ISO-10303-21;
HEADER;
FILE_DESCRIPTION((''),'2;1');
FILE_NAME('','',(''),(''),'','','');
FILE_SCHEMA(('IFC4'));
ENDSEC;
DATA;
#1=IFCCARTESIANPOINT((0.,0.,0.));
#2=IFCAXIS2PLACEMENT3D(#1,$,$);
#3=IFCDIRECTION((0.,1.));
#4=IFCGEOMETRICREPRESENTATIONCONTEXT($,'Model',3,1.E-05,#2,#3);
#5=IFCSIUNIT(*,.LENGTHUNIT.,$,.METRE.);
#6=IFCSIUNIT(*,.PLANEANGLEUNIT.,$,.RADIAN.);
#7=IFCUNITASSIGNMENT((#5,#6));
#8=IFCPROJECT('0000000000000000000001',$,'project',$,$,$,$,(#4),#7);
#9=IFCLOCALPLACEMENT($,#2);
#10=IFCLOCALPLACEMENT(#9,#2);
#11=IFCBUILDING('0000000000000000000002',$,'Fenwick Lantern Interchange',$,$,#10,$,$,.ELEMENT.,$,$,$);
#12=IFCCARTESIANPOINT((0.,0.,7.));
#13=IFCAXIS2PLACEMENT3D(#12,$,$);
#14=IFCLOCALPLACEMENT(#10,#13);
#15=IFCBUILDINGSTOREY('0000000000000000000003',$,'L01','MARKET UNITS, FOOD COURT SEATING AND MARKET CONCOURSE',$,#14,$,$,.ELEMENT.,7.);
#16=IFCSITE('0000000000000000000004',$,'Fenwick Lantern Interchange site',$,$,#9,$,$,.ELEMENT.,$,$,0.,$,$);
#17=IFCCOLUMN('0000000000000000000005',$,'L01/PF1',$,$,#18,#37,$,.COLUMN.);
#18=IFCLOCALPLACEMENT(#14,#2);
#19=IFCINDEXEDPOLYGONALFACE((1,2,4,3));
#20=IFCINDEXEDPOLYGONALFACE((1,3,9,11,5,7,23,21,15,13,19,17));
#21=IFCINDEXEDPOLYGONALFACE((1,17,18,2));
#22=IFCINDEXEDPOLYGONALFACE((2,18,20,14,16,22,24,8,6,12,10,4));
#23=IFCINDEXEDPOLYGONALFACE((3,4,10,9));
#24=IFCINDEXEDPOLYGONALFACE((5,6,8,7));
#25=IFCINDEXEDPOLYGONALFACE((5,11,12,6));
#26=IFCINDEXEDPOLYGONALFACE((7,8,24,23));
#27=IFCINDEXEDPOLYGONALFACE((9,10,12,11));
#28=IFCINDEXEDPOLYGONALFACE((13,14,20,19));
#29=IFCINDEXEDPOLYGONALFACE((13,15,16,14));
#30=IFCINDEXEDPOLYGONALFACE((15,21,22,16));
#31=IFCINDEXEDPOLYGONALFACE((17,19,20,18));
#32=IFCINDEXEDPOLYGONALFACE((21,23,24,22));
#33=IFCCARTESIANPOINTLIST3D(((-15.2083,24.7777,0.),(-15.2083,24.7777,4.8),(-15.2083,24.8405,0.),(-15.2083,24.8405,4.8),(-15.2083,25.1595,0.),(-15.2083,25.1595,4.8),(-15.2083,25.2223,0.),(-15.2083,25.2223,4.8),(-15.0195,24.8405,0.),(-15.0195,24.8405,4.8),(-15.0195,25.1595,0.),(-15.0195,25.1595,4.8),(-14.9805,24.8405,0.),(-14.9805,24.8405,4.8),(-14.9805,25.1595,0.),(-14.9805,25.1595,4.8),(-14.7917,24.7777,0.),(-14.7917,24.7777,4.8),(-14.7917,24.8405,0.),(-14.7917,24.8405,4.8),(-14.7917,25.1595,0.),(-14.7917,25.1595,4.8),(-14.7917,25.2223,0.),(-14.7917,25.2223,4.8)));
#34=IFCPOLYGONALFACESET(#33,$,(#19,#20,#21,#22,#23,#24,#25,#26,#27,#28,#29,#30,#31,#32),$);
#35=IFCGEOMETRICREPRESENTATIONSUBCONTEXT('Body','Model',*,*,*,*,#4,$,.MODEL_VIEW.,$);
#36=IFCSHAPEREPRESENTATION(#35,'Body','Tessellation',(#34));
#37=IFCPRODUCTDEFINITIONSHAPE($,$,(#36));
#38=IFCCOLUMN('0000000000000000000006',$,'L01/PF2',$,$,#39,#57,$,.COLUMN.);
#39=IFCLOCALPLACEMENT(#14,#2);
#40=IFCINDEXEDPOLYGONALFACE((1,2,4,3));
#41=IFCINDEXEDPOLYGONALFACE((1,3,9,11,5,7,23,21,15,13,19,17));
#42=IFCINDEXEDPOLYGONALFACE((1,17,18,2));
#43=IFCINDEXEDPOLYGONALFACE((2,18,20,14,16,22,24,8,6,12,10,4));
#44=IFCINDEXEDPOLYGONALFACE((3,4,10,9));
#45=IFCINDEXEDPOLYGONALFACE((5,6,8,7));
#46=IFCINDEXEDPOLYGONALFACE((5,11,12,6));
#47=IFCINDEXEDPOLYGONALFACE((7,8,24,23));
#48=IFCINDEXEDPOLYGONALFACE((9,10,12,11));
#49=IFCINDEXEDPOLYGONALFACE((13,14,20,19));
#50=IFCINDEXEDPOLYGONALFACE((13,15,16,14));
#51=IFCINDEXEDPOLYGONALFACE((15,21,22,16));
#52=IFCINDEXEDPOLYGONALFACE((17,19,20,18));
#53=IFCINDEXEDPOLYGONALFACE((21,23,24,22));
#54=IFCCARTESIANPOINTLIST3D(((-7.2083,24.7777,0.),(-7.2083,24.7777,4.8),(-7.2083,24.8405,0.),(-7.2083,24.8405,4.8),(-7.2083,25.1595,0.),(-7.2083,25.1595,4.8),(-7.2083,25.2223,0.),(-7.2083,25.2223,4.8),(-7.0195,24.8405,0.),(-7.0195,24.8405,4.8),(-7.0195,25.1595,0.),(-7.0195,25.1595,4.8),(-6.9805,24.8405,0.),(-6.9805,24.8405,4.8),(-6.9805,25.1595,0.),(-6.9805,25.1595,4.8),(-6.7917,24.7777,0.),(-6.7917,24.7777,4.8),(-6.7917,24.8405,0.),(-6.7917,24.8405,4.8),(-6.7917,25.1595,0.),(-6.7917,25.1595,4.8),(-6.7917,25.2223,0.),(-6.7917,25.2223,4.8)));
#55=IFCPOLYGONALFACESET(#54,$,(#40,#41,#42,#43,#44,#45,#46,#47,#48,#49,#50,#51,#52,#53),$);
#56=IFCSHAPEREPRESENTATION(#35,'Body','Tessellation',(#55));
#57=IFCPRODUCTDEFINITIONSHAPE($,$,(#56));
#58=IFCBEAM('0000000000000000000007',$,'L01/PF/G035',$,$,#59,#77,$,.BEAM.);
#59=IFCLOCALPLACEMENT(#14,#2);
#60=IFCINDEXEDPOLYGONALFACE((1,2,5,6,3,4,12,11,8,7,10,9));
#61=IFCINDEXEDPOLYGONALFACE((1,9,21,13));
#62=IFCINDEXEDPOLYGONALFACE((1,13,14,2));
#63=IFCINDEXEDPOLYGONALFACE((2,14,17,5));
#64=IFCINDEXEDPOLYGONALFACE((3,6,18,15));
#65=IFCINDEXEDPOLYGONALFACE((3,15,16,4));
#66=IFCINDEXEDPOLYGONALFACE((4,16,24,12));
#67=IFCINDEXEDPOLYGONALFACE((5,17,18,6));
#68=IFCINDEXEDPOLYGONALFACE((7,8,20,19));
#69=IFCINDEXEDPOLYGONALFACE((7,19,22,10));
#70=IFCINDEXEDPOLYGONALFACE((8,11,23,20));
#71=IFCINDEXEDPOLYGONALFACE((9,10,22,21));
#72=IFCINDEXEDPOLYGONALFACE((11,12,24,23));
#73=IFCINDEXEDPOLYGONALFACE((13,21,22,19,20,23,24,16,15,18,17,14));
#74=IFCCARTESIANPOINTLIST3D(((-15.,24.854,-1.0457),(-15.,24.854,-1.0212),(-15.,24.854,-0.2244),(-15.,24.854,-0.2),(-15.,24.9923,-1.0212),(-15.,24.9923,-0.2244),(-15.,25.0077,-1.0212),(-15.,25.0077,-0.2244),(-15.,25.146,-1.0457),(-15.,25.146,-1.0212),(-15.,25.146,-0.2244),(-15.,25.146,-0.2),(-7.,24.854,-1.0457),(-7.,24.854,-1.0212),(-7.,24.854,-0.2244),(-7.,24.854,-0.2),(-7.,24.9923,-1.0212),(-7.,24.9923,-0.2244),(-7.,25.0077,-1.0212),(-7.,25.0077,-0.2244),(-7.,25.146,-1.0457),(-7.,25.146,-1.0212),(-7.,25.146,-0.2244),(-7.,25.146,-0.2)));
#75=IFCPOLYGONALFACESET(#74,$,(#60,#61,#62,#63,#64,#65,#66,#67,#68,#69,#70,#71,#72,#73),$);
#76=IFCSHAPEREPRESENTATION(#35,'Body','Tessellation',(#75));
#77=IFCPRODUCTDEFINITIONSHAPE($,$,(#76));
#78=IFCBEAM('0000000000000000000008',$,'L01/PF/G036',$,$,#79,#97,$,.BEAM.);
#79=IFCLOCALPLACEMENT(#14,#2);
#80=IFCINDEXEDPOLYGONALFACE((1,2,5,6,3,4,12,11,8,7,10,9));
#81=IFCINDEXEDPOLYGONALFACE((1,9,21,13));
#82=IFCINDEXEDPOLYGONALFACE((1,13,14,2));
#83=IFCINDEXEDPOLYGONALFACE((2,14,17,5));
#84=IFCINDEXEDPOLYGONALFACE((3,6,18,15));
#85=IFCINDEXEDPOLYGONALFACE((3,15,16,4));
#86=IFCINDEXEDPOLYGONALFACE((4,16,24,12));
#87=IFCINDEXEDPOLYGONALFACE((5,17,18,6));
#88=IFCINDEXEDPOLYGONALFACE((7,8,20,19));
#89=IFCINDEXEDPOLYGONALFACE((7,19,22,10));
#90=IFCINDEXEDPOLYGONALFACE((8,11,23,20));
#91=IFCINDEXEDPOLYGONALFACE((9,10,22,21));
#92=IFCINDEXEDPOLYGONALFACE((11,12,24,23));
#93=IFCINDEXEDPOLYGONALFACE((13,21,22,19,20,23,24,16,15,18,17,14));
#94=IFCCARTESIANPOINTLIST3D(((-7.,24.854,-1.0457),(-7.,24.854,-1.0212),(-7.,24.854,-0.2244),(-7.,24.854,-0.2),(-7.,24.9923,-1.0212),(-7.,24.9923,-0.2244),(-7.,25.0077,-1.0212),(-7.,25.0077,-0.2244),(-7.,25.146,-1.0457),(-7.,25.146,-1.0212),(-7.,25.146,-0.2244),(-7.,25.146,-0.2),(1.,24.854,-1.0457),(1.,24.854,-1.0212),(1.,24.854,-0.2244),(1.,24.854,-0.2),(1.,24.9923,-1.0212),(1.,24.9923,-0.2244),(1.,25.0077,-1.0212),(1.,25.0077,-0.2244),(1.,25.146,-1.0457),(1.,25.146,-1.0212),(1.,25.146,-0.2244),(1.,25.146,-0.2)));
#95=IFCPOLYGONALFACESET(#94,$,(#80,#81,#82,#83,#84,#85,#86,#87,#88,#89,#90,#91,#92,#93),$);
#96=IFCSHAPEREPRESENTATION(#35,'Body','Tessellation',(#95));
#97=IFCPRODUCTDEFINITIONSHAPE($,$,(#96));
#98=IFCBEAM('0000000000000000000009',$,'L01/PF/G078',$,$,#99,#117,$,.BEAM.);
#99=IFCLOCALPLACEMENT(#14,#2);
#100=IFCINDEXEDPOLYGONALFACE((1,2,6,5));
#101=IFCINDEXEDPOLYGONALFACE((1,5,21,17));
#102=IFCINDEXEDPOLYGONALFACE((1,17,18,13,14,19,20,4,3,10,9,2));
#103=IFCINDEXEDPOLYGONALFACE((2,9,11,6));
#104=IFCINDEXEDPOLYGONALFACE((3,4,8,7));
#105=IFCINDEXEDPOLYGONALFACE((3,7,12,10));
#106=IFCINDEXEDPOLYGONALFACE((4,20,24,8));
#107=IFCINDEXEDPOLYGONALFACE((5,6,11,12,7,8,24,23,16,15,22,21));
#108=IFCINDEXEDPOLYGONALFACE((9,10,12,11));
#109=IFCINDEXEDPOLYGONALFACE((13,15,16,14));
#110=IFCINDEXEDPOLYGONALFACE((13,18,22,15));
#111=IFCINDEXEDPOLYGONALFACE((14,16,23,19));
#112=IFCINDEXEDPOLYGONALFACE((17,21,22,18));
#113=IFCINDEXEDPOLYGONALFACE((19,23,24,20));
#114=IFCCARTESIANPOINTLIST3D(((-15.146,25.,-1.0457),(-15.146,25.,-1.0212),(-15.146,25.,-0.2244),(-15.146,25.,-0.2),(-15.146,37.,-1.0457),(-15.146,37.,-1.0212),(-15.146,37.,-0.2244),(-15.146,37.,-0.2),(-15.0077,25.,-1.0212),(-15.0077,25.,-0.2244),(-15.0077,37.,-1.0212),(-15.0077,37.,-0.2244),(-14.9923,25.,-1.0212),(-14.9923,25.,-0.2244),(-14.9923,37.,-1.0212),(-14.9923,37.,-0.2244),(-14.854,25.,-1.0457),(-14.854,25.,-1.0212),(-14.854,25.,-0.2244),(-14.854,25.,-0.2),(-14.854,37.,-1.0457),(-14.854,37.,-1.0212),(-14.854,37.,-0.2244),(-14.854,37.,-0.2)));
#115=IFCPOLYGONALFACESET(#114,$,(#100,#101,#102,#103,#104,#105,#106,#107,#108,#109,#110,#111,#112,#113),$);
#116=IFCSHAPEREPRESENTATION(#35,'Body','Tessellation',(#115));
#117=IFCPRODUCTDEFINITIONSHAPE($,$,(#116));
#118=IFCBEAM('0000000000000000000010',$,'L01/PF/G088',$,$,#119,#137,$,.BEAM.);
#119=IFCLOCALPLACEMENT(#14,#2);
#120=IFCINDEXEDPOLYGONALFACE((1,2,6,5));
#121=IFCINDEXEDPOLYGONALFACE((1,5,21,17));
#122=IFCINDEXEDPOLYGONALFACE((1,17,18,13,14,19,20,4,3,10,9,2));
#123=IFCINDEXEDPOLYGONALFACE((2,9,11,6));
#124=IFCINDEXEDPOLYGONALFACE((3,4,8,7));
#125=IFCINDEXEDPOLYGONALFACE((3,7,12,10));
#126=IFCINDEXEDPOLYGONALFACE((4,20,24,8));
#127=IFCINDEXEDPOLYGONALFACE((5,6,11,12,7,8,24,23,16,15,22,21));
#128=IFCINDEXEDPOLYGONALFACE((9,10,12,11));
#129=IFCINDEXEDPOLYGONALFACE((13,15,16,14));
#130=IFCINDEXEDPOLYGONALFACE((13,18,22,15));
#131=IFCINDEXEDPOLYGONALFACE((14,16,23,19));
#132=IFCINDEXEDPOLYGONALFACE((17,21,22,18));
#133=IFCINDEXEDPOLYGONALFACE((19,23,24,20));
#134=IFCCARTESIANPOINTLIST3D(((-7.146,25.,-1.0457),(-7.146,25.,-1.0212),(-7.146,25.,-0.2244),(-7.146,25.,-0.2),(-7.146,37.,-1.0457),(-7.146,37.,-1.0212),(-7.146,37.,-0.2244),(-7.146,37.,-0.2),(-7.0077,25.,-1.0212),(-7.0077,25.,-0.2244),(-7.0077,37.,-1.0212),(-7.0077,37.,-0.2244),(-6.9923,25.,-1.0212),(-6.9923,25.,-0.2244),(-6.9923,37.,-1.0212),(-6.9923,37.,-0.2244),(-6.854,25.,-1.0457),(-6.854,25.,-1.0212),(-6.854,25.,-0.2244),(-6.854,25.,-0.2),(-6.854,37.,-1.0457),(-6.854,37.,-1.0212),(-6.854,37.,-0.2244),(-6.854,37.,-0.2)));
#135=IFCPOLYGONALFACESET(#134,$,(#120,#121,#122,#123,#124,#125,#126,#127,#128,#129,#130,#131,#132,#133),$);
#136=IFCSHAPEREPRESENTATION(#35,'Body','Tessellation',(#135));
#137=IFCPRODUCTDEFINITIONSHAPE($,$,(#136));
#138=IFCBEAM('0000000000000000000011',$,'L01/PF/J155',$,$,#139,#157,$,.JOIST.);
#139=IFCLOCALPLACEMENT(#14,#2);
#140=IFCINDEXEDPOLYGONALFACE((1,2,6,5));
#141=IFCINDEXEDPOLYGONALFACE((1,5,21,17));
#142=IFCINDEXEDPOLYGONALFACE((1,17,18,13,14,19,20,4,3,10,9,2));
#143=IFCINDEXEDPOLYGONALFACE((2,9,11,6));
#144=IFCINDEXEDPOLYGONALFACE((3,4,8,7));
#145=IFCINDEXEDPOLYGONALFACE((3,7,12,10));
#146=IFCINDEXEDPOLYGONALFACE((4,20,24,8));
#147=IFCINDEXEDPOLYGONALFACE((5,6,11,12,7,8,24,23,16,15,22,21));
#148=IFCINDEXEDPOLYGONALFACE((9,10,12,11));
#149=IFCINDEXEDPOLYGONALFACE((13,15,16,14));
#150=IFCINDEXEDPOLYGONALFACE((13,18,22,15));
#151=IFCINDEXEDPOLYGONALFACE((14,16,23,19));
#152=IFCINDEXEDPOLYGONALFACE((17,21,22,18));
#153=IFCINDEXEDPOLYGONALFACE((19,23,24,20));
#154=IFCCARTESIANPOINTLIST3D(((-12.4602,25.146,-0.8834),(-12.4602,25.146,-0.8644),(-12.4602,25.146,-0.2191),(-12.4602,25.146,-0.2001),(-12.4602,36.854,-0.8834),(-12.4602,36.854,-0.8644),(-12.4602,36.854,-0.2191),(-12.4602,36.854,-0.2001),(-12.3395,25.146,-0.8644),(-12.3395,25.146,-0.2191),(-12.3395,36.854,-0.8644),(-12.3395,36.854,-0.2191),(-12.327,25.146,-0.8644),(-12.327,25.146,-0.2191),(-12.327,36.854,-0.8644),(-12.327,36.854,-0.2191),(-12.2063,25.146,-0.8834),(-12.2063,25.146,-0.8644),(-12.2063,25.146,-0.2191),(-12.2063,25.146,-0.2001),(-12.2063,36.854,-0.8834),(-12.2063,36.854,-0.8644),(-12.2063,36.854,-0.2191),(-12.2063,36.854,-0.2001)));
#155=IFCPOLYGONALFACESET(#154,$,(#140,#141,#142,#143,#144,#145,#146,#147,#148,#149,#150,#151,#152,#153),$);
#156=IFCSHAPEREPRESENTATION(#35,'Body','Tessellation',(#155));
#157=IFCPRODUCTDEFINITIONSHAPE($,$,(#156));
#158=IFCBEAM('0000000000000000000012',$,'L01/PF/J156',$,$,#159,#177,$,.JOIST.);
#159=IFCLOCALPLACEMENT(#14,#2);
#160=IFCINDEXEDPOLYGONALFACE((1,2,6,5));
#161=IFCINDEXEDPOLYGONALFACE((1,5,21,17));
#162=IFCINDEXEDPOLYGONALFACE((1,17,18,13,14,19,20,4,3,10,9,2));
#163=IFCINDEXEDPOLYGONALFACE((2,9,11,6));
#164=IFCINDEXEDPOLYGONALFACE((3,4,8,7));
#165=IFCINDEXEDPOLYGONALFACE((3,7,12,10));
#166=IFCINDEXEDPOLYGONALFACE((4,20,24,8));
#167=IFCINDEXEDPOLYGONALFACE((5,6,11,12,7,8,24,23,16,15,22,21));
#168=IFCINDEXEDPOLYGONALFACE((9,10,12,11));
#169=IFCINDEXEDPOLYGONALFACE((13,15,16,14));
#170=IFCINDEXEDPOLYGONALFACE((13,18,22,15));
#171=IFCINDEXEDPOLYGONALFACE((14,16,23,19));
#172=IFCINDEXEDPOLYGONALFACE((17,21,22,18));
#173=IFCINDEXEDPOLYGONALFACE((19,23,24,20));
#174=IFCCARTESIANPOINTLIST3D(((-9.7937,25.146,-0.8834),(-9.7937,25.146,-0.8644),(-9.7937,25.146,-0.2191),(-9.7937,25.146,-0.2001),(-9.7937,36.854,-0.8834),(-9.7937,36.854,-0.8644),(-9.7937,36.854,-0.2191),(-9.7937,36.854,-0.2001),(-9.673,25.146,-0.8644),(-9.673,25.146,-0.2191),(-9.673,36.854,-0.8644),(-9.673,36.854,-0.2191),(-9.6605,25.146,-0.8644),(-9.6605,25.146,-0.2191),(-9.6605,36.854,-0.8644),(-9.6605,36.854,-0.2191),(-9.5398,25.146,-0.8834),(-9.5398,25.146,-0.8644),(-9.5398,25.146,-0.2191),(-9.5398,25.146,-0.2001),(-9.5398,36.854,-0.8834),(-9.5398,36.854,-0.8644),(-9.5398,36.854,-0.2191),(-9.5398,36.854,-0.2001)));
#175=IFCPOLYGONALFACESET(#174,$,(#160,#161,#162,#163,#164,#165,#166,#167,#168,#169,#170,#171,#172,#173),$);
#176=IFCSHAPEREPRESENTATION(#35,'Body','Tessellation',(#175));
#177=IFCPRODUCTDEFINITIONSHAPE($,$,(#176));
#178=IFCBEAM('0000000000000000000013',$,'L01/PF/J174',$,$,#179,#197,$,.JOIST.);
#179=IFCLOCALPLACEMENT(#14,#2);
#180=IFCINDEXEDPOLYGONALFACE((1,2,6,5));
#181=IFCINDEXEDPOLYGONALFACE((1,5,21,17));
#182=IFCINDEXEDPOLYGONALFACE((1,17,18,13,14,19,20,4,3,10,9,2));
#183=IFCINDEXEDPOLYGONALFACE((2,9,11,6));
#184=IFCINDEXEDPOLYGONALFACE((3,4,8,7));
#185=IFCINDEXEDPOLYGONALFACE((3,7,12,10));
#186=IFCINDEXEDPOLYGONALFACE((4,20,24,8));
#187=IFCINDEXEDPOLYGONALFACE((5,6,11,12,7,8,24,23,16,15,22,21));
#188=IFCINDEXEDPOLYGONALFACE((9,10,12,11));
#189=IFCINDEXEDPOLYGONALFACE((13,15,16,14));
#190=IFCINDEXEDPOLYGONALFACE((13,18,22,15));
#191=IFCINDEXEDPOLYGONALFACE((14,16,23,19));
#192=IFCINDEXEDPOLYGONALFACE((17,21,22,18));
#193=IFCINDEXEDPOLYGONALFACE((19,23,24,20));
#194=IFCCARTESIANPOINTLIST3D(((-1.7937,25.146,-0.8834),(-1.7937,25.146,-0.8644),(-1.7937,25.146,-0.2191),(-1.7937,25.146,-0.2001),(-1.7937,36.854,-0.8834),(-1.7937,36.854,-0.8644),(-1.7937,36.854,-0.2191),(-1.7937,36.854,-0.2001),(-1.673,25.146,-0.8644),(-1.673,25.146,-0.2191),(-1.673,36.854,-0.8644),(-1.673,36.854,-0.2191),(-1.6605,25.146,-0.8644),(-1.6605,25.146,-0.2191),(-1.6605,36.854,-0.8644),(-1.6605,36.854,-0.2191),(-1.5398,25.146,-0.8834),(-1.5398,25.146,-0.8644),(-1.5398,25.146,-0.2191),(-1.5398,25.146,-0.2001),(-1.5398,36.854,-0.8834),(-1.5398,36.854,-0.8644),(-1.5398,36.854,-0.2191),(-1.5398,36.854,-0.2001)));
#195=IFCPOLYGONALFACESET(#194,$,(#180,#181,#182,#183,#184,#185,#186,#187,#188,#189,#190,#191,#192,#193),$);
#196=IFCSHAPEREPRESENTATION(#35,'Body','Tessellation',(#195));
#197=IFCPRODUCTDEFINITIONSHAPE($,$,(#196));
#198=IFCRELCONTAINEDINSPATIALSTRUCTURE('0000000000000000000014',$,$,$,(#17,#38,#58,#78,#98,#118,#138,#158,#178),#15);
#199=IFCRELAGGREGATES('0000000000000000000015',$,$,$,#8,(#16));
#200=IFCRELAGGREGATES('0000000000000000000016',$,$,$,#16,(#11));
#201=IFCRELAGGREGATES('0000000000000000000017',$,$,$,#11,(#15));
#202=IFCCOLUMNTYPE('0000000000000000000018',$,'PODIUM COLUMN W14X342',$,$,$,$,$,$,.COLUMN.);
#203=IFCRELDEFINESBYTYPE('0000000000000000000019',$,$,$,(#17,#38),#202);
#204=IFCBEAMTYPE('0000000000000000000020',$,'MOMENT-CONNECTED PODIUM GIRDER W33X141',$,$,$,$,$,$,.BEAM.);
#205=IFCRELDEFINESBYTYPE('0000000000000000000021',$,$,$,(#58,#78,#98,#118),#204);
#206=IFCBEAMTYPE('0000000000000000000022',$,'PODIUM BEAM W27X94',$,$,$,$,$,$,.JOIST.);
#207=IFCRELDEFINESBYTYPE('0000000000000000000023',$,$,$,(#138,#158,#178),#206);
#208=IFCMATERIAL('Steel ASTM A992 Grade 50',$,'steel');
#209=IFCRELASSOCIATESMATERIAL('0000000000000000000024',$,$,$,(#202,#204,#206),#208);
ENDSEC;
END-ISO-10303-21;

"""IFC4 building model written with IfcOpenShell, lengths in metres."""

from ifc_helpers import new_model, si_unit, direction, frame, origin, origin_2d, place, context, subcontext, project, spatial, i_section, extrude, material, material_profile, profile_set, type_object, element, save


model = new_model("IFC4")

# Units and contexts
model_context = context("Model", 3, precision=1e-05, world=origin(), true_north=direction((0.0, 1.0)))
body_context = subcontext(model_context, "Body", "Model", "MODEL_VIEW")
ifc_project = project(units=[si_unit("LENGTHUNIT", "METRE"), si_unit("PLANEANGLEUNIT", "RADIAN")], contexts=[model_context])

# Site, building, storey
site_placement = place(None, origin())
site = spatial("IfcSite", under=ifc_project, at=site_placement, Name="Fenwick Lantern Interchange site", CompositionType="ELEMENT", RefElevation=0.0)
building_placement = place(site_placement, origin())
building = spatial("IfcBuilding", under=site, at=building_placement, Name="Fenwick Lantern Interchange", CompositionType="ELEMENT")
storey_placement = place(building_placement, frame((0.0, 0.0, 7.0)))
storey = spatial("IfcBuildingStorey", under=building, at=storey_placement, Name="L01", Description="MARKET UNITS, FOOD COURT SEATING AND MARKET CONCOURSE", CompositionType="ELEMENT", Elevation=7.0)

# Columns
ifc_material_1 = material(Name="Steel ASTM A992 Grade 50", Category="steel")
ifc_material_profile_1 = material_profile(ifc_material_1, i_section(OverallWidth=0.4165, OverallDepth=0.4446, WebThickness=0.0391, FlangeThickness=0.0627, at=origin_2d()), Name="W14X342")
ifc_profile_set_1 = profile_set([ifc_material_profile_1], Name="Steel ASTM A992 Grade 50")
column_type = type_object("IfcColumnType", Name="PODIUM COLUMN W14X342", PredefinedType="COLUMN", material=ifc_profile_set_1)
for number, where, z_axis, x_axis, name in (
    (1, (-15.0, 25.0, 0.0), (0.0, 0.0, 1.0), (1.0, 0.0, 0.0), "L01/PF1"),
    (2, (-7.0, 25.0, 0.0), (0.0, 0.0, 1.0), (1.0, 0.0, 0.0), "L01/PF2"),
):
    element("IfcColumn", number, at=place(storey_placement, frame(where, z_axis=z_axis, x_axis=x_axis)), inside=storey, type_object=column_type, Name=name, PredefinedType="COLUMN", context=body_context, shape_type="SweptSolid", body=[
        extrude(i_section(OverallWidth=0.4165, OverallDepth=0.4446, WebThickness=0.0391, FlangeThickness=0.0627, at=origin_2d()), origin(), (0.0, 0.0, 1.0), 4.8),
    ])

# Beams
ifc_material_profile_2 = material_profile(ifc_material_1, i_section(OverallWidth=0.292, OverallDepth=0.8457, WebThickness=0.0154, FlangeThickness=0.0244, at=origin_2d()), Name="W33X141")
ifc_profile_set_2 = profile_set([ifc_material_profile_2], Name="Steel ASTM A992 Grade 50")
beam_type_1 = type_object("IfcBeamType", Name="MOMENT-CONNECTED PODIUM GIRDER W33X141", PredefinedType="BEAM", material=ifc_profile_set_2)
for number, where, z_axis, x_axis, name in (
    (3, (-15.0, 25.0, -0.6228), (1.0, 0.0, 0.0), (0.0, 1.0, 0.0), "L01/PF/G035"),
    (4, (-7.0, 25.0, -0.6228), (1.0, 0.0, 0.0), (0.0, 1.0, 0.0), "L01/PF/G036"),
):
    element("IfcBeam", number, at=place(storey_placement, frame(where, z_axis=z_axis, x_axis=x_axis)), inside=storey, type_object=beam_type_1, Name=name, PredefinedType="BEAM", context=body_context, shape_type="SweptSolid", body=[
        extrude(i_section(OverallWidth=0.292, OverallDepth=0.8457, WebThickness=0.0154, FlangeThickness=0.0244, at=origin_2d()), origin(), (0.0, 0.0, 1.0), 8.0),
    ])
for number, where, z_axis, x_axis, name in (
    (5, (-15.0, 25.0, -0.6228), (0.0, 1.0, 0.0), (-1.0, 0.0, 0.0), "L01/PF/G078"),
    (6, (-7.0, 25.0, -0.6228), (0.0, 1.0, 0.0), (-1.0, 0.0, 0.0), "L01/PF/G088"),
):
    element("IfcBeam", number, at=place(storey_placement, frame(where, z_axis=z_axis, x_axis=x_axis)), inside=storey, type_object=beam_type_1, Name=name, PredefinedType="BEAM", context=body_context, shape_type="SweptSolid", body=[
        extrude(i_section(OverallWidth=0.292, OverallDepth=0.8457, WebThickness=0.0154, FlangeThickness=0.0244, at=origin_2d()), origin(), (0.0, 0.0, 1.0), 12.0),
    ])
ifc_material_profile_3 = material_profile(ifc_material_1, i_section(OverallWidth=0.2539, OverallDepth=0.6833, WebThickness=0.0125, FlangeThickness=0.019, at=origin_2d()), Name="W27X94")
ifc_profile_set_3 = profile_set([ifc_material_profile_3], Name="Steel ASTM A992 Grade 50")
beam_type_2 = type_object("IfcBeamType", Name="PODIUM BEAM W27X94", PredefinedType="JOIST", material=ifc_profile_set_3)
for number, where, z_axis, x_axis, name in (
    (7, (-12.3333, 25.146, -0.5417), (0.0, 1.0, 0.0), (-1.0, 0.0, 0.0), "L01/PF/J155"),
    (8, (-9.6667, 25.146, -0.5417), (0.0, 1.0, 0.0), (-1.0, 0.0, 0.0), "L01/PF/J156"),
    (9, (-1.6667, 25.146, -0.5417), (0.0, 1.0, 0.0), (-1.0, 0.0, 0.0), "L01/PF/J174"),
):
    element("IfcBeam", number, at=place(storey_placement, frame(where, z_axis=z_axis, x_axis=x_axis)), inside=storey, type_object=beam_type_2, Name=name, PredefinedType="JOIST", context=body_context, shape_type="SweptSolid", body=[
        extrude(i_section(OverallWidth=0.2539, OverallDepth=0.6833, WebThickness=0.0125, FlangeThickness=0.019, at=origin_2d()), origin(), (0.0, 0.0, 1.0), 11.708),
    ])

save(model, "model.ifc")
